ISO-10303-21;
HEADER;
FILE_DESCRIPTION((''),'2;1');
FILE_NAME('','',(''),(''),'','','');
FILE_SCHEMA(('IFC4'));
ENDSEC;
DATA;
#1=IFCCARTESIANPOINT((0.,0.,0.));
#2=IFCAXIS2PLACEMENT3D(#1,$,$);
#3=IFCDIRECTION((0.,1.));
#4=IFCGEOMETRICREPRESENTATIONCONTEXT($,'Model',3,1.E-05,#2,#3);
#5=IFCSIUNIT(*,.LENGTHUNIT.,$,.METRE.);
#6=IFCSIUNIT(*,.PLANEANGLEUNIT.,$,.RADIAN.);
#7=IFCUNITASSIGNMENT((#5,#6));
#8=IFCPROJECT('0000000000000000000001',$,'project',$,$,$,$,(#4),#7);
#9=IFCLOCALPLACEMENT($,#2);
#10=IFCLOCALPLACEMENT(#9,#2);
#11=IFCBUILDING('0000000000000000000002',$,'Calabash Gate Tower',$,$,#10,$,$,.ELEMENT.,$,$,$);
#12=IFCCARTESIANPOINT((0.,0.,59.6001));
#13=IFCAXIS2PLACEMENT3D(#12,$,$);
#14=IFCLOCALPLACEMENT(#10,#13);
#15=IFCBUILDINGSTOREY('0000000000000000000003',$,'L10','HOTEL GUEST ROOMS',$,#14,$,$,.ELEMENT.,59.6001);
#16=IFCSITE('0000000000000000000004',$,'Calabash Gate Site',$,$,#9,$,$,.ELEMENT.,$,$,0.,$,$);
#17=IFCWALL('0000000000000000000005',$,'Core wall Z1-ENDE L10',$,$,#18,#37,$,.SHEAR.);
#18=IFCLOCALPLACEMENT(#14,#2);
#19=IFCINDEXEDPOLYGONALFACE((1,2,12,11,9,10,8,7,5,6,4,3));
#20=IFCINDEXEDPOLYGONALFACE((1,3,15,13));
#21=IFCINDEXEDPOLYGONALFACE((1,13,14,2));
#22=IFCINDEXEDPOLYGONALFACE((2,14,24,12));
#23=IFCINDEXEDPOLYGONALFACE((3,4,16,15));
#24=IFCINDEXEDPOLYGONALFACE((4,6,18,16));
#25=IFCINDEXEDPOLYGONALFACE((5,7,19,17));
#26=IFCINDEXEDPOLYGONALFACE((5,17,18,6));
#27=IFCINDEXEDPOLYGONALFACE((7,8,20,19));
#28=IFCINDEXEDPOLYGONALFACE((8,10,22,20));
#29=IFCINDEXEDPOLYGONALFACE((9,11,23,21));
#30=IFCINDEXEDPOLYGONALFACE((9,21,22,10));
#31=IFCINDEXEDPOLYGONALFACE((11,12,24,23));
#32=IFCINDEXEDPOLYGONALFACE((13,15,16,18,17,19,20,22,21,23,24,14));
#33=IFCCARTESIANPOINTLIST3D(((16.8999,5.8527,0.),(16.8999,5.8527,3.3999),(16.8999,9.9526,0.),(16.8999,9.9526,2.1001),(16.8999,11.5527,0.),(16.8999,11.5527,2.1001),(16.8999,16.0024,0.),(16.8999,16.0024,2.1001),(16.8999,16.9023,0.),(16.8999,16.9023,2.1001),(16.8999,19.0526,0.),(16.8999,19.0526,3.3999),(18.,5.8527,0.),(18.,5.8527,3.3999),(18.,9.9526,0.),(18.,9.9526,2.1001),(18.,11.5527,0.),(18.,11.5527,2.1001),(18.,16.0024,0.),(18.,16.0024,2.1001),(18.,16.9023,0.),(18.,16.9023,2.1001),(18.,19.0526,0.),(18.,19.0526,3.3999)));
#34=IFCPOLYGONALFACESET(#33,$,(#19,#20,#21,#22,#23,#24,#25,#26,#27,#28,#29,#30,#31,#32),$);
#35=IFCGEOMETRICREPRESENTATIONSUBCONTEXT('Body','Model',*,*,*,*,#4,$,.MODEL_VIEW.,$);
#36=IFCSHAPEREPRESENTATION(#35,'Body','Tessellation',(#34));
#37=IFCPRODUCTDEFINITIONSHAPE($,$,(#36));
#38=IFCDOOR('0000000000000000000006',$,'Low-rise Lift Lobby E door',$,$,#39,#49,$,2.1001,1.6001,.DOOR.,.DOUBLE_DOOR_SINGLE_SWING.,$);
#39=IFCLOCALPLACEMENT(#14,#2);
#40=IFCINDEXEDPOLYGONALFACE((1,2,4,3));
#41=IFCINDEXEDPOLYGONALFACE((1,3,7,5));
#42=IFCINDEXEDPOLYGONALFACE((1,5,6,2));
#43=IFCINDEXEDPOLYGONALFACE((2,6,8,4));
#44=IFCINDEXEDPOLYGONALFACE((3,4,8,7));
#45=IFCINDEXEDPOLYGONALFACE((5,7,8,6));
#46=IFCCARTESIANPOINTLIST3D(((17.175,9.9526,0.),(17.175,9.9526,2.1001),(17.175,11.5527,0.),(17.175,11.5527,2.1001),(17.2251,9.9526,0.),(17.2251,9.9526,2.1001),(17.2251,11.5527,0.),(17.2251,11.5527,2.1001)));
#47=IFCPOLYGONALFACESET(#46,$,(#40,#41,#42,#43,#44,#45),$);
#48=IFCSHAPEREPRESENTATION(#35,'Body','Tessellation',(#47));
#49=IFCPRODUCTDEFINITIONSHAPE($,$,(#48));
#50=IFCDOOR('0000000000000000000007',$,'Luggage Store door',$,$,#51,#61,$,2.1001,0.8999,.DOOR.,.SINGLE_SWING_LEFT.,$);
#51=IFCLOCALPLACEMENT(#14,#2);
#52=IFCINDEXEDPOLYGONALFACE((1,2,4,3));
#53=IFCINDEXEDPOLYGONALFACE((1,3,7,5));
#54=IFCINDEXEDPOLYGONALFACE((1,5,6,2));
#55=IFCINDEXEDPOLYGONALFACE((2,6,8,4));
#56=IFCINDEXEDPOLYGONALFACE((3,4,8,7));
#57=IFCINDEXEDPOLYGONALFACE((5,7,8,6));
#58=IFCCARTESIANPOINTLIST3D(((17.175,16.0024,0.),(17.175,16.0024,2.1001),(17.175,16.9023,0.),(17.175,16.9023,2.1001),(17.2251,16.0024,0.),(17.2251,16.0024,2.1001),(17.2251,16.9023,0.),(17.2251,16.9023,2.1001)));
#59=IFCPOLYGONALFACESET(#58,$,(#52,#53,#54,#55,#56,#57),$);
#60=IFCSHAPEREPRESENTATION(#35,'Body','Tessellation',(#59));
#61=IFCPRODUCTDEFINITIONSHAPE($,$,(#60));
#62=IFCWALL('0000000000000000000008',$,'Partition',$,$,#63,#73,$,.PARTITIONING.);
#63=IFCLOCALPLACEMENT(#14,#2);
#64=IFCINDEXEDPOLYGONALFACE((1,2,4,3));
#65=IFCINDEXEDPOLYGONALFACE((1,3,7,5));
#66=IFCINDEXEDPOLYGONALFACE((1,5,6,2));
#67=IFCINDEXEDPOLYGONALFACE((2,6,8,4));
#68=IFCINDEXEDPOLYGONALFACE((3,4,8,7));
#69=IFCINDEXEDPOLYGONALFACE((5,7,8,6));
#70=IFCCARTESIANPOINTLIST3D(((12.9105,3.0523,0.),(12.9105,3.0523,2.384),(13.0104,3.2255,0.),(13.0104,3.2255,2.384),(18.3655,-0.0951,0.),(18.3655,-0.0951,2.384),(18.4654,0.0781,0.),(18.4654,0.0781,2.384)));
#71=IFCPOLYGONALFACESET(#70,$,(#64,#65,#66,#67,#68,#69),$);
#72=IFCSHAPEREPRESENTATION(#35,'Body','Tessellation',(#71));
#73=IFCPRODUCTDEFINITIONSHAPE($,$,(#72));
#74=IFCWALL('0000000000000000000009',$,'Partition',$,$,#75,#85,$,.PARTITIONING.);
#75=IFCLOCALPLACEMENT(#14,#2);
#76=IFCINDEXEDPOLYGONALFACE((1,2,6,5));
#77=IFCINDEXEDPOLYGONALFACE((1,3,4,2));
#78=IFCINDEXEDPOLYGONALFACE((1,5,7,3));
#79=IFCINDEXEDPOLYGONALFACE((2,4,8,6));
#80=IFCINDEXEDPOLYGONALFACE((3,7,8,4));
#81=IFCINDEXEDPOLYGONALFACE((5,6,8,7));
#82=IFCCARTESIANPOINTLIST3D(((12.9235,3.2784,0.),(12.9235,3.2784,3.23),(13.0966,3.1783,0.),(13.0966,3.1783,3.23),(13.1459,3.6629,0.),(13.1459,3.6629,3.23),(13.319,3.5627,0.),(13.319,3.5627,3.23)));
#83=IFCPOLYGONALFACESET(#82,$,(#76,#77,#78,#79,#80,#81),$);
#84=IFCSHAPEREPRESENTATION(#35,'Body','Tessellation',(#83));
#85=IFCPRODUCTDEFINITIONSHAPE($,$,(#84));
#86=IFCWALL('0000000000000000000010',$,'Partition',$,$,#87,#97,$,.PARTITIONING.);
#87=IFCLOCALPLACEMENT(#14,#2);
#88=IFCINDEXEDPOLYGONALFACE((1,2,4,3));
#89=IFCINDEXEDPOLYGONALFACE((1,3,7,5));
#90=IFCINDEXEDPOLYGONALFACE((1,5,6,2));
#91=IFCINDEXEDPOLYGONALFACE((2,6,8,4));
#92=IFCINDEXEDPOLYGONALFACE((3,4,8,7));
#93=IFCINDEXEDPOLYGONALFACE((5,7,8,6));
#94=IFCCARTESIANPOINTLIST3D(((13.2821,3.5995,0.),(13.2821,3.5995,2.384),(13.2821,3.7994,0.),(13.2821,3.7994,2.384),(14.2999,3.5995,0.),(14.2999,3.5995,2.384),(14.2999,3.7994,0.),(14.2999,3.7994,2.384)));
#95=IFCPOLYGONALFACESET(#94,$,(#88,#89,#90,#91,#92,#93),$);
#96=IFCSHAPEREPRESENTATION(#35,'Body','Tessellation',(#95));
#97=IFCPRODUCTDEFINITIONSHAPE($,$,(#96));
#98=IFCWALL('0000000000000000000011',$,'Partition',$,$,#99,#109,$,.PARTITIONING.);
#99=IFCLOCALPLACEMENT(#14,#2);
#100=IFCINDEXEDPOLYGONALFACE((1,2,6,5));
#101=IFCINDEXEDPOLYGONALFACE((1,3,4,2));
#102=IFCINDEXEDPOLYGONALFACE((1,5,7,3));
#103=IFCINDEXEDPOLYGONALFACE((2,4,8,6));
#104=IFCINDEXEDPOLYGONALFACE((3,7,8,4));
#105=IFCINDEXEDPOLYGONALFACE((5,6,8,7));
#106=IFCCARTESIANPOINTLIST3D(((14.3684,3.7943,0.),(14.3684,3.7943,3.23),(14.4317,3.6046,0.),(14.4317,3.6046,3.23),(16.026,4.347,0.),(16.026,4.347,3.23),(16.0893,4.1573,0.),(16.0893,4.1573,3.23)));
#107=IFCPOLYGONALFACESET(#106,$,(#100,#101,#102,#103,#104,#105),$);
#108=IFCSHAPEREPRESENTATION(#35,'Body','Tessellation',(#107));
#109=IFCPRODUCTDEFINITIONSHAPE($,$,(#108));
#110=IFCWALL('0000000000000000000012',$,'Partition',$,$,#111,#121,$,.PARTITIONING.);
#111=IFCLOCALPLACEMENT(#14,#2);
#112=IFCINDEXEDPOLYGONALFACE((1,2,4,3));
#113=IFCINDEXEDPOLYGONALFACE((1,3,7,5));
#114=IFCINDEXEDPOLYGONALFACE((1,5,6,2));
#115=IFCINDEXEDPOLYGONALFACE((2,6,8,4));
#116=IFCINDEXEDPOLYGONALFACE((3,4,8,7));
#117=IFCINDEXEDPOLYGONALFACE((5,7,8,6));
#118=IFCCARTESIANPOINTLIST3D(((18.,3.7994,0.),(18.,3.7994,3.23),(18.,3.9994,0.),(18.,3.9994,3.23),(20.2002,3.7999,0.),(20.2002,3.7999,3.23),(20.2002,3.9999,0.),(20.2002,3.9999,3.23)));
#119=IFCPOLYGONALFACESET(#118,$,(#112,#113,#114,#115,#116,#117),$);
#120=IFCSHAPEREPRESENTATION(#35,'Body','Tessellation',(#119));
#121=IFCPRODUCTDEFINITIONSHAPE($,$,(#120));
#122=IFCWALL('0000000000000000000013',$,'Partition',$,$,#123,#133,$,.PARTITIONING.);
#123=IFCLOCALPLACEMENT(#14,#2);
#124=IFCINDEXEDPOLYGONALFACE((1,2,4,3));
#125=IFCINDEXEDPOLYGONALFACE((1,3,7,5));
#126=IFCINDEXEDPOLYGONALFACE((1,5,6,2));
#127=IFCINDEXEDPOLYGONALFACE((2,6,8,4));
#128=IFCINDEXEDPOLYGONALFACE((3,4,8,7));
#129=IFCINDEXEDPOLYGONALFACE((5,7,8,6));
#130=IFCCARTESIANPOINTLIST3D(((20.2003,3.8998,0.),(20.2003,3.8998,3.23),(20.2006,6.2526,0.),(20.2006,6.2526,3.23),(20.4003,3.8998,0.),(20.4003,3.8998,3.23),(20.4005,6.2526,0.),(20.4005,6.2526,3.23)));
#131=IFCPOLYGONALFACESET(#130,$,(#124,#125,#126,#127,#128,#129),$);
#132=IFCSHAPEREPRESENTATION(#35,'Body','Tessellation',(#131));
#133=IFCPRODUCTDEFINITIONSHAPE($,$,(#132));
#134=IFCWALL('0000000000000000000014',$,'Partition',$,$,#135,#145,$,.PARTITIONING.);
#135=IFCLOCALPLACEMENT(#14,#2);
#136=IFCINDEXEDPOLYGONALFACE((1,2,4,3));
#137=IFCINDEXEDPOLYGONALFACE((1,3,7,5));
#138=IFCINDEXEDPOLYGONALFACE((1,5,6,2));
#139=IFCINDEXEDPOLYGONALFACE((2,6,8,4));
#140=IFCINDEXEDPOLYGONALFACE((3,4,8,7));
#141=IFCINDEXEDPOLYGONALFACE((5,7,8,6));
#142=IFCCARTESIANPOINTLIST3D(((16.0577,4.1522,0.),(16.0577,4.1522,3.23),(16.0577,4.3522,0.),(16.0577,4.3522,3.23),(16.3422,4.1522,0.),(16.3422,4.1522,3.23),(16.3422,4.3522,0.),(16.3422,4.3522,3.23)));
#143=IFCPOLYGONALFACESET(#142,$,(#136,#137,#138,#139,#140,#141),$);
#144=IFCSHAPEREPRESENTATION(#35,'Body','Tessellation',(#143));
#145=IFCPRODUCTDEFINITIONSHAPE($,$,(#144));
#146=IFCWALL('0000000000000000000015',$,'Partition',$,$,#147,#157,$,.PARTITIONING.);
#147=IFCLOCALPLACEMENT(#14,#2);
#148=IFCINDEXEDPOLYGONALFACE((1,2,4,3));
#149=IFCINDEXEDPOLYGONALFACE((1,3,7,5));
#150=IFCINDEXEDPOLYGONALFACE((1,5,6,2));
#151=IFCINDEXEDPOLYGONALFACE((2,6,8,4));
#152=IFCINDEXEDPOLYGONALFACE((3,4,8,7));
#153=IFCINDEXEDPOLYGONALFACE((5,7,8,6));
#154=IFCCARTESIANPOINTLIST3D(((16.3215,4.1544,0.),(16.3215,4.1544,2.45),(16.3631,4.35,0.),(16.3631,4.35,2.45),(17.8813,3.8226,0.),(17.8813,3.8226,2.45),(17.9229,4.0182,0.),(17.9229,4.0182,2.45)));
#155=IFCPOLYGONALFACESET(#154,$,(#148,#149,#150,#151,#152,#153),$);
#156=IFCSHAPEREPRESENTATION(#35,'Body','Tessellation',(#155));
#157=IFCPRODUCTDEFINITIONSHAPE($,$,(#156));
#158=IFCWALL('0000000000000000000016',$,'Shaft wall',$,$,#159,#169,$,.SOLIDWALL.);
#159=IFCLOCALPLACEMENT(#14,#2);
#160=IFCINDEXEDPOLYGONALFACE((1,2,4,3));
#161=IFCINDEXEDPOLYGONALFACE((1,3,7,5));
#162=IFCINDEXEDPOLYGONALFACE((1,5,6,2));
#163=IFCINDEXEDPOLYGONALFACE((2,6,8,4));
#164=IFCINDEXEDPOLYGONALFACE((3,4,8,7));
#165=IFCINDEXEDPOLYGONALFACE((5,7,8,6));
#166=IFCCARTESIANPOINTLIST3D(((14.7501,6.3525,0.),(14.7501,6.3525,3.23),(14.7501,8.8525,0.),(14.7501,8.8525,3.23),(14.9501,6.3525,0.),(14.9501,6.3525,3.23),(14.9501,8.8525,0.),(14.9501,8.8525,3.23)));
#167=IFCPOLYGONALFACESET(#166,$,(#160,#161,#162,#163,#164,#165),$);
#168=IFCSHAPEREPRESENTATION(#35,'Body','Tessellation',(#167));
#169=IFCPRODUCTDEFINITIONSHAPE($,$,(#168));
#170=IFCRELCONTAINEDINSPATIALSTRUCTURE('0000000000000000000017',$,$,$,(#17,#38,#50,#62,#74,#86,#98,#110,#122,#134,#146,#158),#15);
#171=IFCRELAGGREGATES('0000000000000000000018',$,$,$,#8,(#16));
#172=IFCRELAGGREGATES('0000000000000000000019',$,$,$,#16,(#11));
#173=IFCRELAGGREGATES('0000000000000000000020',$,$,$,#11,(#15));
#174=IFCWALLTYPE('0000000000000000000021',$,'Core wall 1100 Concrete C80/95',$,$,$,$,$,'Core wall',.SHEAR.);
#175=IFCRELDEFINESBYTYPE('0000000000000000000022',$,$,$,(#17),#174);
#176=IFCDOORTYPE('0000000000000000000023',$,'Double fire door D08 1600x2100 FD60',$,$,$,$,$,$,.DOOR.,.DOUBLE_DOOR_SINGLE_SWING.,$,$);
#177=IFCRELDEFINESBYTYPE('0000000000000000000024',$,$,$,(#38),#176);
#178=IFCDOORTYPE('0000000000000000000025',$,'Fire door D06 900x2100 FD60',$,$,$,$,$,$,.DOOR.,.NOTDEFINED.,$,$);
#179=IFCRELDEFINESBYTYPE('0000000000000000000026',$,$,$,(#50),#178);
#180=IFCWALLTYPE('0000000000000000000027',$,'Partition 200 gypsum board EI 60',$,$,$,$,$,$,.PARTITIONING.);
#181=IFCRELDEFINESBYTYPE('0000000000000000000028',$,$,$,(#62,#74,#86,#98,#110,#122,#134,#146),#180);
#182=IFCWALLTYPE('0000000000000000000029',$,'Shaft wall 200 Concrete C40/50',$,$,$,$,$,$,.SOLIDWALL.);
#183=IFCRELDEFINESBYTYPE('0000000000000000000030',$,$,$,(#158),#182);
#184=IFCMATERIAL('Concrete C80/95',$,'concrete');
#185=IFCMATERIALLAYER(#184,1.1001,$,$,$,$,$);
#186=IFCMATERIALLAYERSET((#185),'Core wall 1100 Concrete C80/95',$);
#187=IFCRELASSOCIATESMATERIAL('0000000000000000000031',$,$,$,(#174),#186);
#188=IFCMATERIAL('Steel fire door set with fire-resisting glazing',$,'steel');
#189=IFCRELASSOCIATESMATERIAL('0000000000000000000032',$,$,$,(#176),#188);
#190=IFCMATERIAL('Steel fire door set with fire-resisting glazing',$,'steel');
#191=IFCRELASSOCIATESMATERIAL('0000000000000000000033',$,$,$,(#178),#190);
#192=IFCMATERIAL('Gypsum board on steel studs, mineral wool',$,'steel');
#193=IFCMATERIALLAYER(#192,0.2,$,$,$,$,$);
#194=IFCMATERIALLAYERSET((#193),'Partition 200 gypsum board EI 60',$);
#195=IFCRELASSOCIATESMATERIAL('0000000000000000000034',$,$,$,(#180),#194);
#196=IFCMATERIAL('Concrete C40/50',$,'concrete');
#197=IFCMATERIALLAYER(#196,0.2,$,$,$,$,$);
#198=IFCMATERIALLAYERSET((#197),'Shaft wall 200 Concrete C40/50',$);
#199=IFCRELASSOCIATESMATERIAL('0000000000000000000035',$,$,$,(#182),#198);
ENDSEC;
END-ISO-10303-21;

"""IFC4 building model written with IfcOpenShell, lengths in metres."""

from ifc_helpers import new_model, si_unit, direction, frame, frame_2d, origin, place, context, subcontext, project, spatial, rectangle, extrude, material, layer, layer_set, type_object, element, fill, save


model = new_model("IFC4")

# Units and contexts
model_context = context("Model", 3, precision=1e-05, world=origin(), true_north=direction((0.0, 1.0)))
body_context = subcontext(model_context, "Body", "Model", "MODEL_VIEW")
ifc_project = project(units=[si_unit("LENGTHUNIT", "METRE"), si_unit("PLANEANGLEUNIT", "RADIAN")], contexts=[model_context])

# Site, building, storey
site_placement = place(None, origin())
site = spatial("IfcSite", under=ifc_project, at=site_placement, Name="Calabash Gate Site", CompositionType="ELEMENT", RefElevation=0.0)
building_placement = place(site_placement, origin())
building = spatial("IfcBuilding", under=site, at=building_placement, Name="Calabash Gate Tower", CompositionType="ELEMENT")
storey_placement = place(building_placement, frame((0.0, 0.0, 59.6001)))
storey = spatial("IfcBuildingStorey", under=building, at=storey_placement, Name="L10", Description="HOTEL GUEST ROOMS", CompositionType="ELEMENT", Elevation=59.6001)

# Wall, openings, doors
ifc_material_1 = material(Name="Concrete C80/95", Category="concrete")
ifc_layer_1 = layer(ifc_material_1, 1.1001)
ifc_layer_set_1 = layer_set([ifc_layer_1], Name="Core wall 1100 Concrete C80/95")
wall_type_1 = type_object("IfcWallType", Name="Core wall 1100 Concrete C80/95", ElementType="Core wall", PredefinedType="SHEAR", material=ifc_layer_set_1)
wall_1_placement = place(storey_placement, frame((17.45, 5.8525, 0.0), z_axis=(0.0, 0.0, 1.0), x_axis=(0.0, 1.0, 0.0)))
wall_1 = element("IfcWall", 1, at=wall_1_placement, inside=storey, type_object=wall_type_1, Name="Core wall Z1-ENDE L10", PredefinedType="SHEAR", context=body_context, shape_type="SweptSolid", body=[
    extrude(rectangle(XDim=13.2, YDim=1.1001, at=frame_2d((6.6001, 0.0))), origin(), (0.0, 0.0, 1.0), 3.3999),
])
opening_1_placement = place(wall_1_placement, frame((4.1001, 0.0, 0.0)))
opening_1 = element("IfcOpeningElement", 2, at=opening_1_placement, cuts=wall_1, PredefinedType="OPENING", context=body_context, shape_type="SweptSolid", body=[
    extrude(rectangle(XDim=1.6001, YDim=2.1001, at=frame_2d((0.8, 1.05))), frame((0.0, 0.5601, 0.0), z_axis=(0.0, -1.0, 0.0), x_axis=(1.0, 0.0, 0.0)), (0.0, 0.0, 1.0), 1.1201),
])
opening_2_placement = place(wall_1_placement, frame((10.1499, 0.0, 0.0)))
opening_2 = element("IfcOpeningElement", 3, at=opening_2_placement, cuts=wall_1, PredefinedType="OPENING", context=body_context, shape_type="SweptSolid", body=[
    extrude(rectangle(XDim=0.8999, YDim=2.1001, at=frame_2d((0.45, 1.05))), frame((0.0, 0.5601, 0.0), z_axis=(0.0, -1.0, 0.0), x_axis=(1.0, 0.0, 0.0)), (0.0, 0.0, 1.0), 1.1201),
])
ifc_material_2 = material(Name="Steel fire door set with fire-resisting glazing", Category="steel")
door_type_1 = type_object("IfcDoorType", Name="Double fire door D08 1600x2100 FD60", OperationType="DOUBLE_DOOR_SINGLE_SWING", PredefinedType="DOOR", material=ifc_material_2)
door_1_placement = place(opening_1_placement, origin())
door_1 = element("IfcDoor", 4, at=door_1_placement, inside=storey, type_object=door_type_1, Name="Low-rise Lift Lobby E door", OperationType="DOUBLE_DOOR_SINGLE_SWING", OverallHeight=2.1001, OverallWidth=1.6001, PredefinedType="DOOR", context=body_context, shape_type="SweptSolid", body=[
    extrude(rectangle(XDim=1.6001, YDim=2.1001, at=frame_2d((0.8, 1.05))), frame((0.0, 0.2749, 0.0), z_axis=(0.0, -1.0, 0.0), x_axis=(1.0, 0.0, 0.0)), (0.0, 0.0, 1.0), 0.05),
])
fill(opening_1, door_1)
ifc_material_3 = material(Name="Steel fire door set with fire-resisting glazing", Category="steel")
door_type_2 = type_object("IfcDoorType", Name="Fire door D06 900x2100 FD60", OperationType="NOTDEFINED", PredefinedType="DOOR", material=ifc_material_3)
door_2_placement = place(opening_2_placement, origin())
door_2 = element("IfcDoor", 5, at=door_2_placement, inside=storey, type_object=door_type_2, Name="Luggage Store door", OperationType="SINGLE_SWING_LEFT", OverallHeight=2.1001, OverallWidth=0.8999, PredefinedType="DOOR", context=body_context, shape_type="SweptSolid", body=[
    extrude(rectangle(XDim=0.8999, YDim=2.1001, at=frame_2d((0.45, 1.05))), frame((0.0, 0.2749, 0.0), z_axis=(0.0, -1.0, 0.0), x_axis=(1.0, 0.0, 0.0)), (0.0, 0.0, 1.0), 0.05),
])
fill(opening_2, door_2)

# Walls
ifc_material_4 = material(Name="Gypsum board on steel studs, mineral wool", Category="steel")
ifc_layer_2 = layer(ifc_material_4, 0.2)
ifc_layer_set_2 = layer_set([ifc_layer_2], Name="Partition 200 gypsum board EI 60")
wall_type_2 = type_object("IfcWallType", Name="Partition 200 gypsum board EI 60", PredefinedType="PARTITIONING", material=ifc_layer_set_2)
wall_2_placement = place(storey_placement, frame((12.9604, 3.1389, 0.0), z_axis=(0.0, 0.0, 1.0), x_axis=(0.866165, -0.499758, 0.0)))
element("IfcWall", 6, at=wall_2_placement, inside=storey, type_object=wall_type_2, Name="Partition", PredefinedType="PARTITIONING", context=body_context, shape_type="SweptSolid", body=[
    extrude(rectangle(XDim=6.2979, YDim=0.2, at=frame_2d((3.1489, 0.0))), origin(), (0.0, 0.0, 1.0), 2.384),
])
wall_3_placement = place(storey_placement, frame((13.01, 3.2283, 0.0), z_axis=(0.0, 0.0, 1.0), x_axis=(0.50069, 0.865627, 0.0)))
element("IfcWall", 7, at=wall_3_placement, inside=storey, type_object=wall_type_2, Name="Partition", PredefinedType="PARTITIONING", context=body_context, shape_type="SweptSolid", body=[
    extrude(rectangle(XDim=0.4441, YDim=0.2, at=frame_2d((0.2222, 0.0))), origin(), (0.0, 0.0, 1.0), 3.23),
])
wall_4_placement = place(storey_placement, frame((13.2822, 3.6995, 0.0), z_axis=(0.0, 0.0, 1.0), x_axis=(1.0, 0.0, 0.0)))
element("IfcWall", 8, at=wall_4_placement, inside=storey, type_object=wall_type_2, Name="Partition", PredefinedType="PARTITIONING", context=body_context, shape_type="SweptSolid", body=[
    extrude(rectangle(XDim=1.0178, YDim=0.2, at=frame_2d((0.5088, 0.0))), origin(), (0.0, 0.0, 1.0), 2.384),
])
wall_5_placement = place(storey_placement, frame((14.4001, 3.6995, 0.0), z_axis=(0.0, 0.0, 1.0), x_axis=(0.948655, 0.316312, 0.0)))
element("IfcWall", 9, at=wall_5_placement, inside=storey, type_object=wall_type_2, Name="Partition", PredefinedType="PARTITIONING", context=body_context, shape_type="SweptSolid", body=[
    extrude(rectangle(XDim=1.7473, YDim=0.2, at=frame_2d((0.8735, 0.0))), origin(), (0.0, 0.0, 1.0), 3.23),
])
wall_6_placement = place(storey_placement, frame((18.0, 3.8994, 0.0), z_axis=(0.0, 0.0, 1.0), x_axis=(1.0, 0.000222, 0.0)))
element("IfcWall", 10, at=wall_6_placement, inside=storey, type_object=wall_type_2, Name="Partition", PredefinedType="PARTITIONING", context=body_context, shape_type="SweptSolid", body=[
    extrude(rectangle(XDim=2.2002, YDim=0.2, at=frame_2d((1.1001, 0.0))), origin(), (0.0, 0.0, 1.0), 3.23),
])
wall_7_placement = place(storey_placement, frame((20.3003, 3.8999, 0.0), z_axis=(0.0, 0.0, 1.0), x_axis=(0.000104, 1.0, 0.0)))
element("IfcWall", 11, at=wall_7_placement, inside=storey, type_object=wall_type_2, Name="Partition", PredefinedType="PARTITIONING", context=body_context, shape_type="SweptSolid", body=[
    extrude(rectangle(XDim=2.3528, YDim=0.2, at=frame_2d((1.1763, 0.0))), origin(), (0.0, 0.0, 1.0), 3.23),
])
wall_8_placement = place(storey_placement, frame((16.0579, 4.2522, 0.0), z_axis=(0.0, 0.0, 1.0), x_axis=(1.0, 0.0, 0.0)))
element("IfcWall", 12, at=wall_8_placement, inside=storey, type_object=wall_type_2, Name="Partition", PredefinedType="PARTITIONING", context=body_context, shape_type="SweptSolid", body=[
    extrude(rectangle(XDim=0.2844, YDim=0.2, at=frame_2d((0.1421, 0.0))), origin(), (0.0, 0.0, 1.0), 3.23),
])
wall_9_placement = place(storey_placement, frame((16.3423, 4.2522, 0.0), z_axis=(0.0, 0.0, 1.0), x_axis=(0.978117, -0.208055, 0.0)))
element("IfcWall", 13, at=wall_9_placement, inside=storey, type_object=wall_type_2, Name="Partition", PredefinedType="PARTITIONING", context=body_context, shape_type="SweptSolid", body=[
    extrude(rectangle(XDim=1.5947, YDim=0.2, at=frame_2d((0.7974, 0.0))), origin(), (0.0, 0.0, 1.0), 2.45),
])
ifc_material_5 = material(Name="Concrete C40/50", Category="concrete")
ifc_layer_3 = layer(ifc_material_5, 0.2)
ifc_layer_set_3 = layer_set([ifc_layer_3], Name="Shaft wall 200 Concrete C40/50")
wall_type_3 = type_object("IfcWallType", Name="Shaft wall 200 Concrete C40/50", PredefinedType="SOLIDWALL", material=ifc_layer_set_3)
wall_10_placement = place(storey_placement, frame((14.8501, 6.3525, 0.0), z_axis=(0.0, 0.0, 1.0), x_axis=(0.0, 1.0, 0.0)))
element("IfcWall", 14, at=wall_10_placement, inside=storey, type_object=wall_type_3, Name="Shaft wall", PredefinedType="SOLIDWALL", context=body_context, shape_type="SweptSolid", body=[
    extrude(rectangle(XDim=2.5, YDim=0.2, at=frame_2d((1.25, 0.0))), origin(), (0.0, 0.0, 1.0), 3.23),
])

save(model, "model.ifc")
